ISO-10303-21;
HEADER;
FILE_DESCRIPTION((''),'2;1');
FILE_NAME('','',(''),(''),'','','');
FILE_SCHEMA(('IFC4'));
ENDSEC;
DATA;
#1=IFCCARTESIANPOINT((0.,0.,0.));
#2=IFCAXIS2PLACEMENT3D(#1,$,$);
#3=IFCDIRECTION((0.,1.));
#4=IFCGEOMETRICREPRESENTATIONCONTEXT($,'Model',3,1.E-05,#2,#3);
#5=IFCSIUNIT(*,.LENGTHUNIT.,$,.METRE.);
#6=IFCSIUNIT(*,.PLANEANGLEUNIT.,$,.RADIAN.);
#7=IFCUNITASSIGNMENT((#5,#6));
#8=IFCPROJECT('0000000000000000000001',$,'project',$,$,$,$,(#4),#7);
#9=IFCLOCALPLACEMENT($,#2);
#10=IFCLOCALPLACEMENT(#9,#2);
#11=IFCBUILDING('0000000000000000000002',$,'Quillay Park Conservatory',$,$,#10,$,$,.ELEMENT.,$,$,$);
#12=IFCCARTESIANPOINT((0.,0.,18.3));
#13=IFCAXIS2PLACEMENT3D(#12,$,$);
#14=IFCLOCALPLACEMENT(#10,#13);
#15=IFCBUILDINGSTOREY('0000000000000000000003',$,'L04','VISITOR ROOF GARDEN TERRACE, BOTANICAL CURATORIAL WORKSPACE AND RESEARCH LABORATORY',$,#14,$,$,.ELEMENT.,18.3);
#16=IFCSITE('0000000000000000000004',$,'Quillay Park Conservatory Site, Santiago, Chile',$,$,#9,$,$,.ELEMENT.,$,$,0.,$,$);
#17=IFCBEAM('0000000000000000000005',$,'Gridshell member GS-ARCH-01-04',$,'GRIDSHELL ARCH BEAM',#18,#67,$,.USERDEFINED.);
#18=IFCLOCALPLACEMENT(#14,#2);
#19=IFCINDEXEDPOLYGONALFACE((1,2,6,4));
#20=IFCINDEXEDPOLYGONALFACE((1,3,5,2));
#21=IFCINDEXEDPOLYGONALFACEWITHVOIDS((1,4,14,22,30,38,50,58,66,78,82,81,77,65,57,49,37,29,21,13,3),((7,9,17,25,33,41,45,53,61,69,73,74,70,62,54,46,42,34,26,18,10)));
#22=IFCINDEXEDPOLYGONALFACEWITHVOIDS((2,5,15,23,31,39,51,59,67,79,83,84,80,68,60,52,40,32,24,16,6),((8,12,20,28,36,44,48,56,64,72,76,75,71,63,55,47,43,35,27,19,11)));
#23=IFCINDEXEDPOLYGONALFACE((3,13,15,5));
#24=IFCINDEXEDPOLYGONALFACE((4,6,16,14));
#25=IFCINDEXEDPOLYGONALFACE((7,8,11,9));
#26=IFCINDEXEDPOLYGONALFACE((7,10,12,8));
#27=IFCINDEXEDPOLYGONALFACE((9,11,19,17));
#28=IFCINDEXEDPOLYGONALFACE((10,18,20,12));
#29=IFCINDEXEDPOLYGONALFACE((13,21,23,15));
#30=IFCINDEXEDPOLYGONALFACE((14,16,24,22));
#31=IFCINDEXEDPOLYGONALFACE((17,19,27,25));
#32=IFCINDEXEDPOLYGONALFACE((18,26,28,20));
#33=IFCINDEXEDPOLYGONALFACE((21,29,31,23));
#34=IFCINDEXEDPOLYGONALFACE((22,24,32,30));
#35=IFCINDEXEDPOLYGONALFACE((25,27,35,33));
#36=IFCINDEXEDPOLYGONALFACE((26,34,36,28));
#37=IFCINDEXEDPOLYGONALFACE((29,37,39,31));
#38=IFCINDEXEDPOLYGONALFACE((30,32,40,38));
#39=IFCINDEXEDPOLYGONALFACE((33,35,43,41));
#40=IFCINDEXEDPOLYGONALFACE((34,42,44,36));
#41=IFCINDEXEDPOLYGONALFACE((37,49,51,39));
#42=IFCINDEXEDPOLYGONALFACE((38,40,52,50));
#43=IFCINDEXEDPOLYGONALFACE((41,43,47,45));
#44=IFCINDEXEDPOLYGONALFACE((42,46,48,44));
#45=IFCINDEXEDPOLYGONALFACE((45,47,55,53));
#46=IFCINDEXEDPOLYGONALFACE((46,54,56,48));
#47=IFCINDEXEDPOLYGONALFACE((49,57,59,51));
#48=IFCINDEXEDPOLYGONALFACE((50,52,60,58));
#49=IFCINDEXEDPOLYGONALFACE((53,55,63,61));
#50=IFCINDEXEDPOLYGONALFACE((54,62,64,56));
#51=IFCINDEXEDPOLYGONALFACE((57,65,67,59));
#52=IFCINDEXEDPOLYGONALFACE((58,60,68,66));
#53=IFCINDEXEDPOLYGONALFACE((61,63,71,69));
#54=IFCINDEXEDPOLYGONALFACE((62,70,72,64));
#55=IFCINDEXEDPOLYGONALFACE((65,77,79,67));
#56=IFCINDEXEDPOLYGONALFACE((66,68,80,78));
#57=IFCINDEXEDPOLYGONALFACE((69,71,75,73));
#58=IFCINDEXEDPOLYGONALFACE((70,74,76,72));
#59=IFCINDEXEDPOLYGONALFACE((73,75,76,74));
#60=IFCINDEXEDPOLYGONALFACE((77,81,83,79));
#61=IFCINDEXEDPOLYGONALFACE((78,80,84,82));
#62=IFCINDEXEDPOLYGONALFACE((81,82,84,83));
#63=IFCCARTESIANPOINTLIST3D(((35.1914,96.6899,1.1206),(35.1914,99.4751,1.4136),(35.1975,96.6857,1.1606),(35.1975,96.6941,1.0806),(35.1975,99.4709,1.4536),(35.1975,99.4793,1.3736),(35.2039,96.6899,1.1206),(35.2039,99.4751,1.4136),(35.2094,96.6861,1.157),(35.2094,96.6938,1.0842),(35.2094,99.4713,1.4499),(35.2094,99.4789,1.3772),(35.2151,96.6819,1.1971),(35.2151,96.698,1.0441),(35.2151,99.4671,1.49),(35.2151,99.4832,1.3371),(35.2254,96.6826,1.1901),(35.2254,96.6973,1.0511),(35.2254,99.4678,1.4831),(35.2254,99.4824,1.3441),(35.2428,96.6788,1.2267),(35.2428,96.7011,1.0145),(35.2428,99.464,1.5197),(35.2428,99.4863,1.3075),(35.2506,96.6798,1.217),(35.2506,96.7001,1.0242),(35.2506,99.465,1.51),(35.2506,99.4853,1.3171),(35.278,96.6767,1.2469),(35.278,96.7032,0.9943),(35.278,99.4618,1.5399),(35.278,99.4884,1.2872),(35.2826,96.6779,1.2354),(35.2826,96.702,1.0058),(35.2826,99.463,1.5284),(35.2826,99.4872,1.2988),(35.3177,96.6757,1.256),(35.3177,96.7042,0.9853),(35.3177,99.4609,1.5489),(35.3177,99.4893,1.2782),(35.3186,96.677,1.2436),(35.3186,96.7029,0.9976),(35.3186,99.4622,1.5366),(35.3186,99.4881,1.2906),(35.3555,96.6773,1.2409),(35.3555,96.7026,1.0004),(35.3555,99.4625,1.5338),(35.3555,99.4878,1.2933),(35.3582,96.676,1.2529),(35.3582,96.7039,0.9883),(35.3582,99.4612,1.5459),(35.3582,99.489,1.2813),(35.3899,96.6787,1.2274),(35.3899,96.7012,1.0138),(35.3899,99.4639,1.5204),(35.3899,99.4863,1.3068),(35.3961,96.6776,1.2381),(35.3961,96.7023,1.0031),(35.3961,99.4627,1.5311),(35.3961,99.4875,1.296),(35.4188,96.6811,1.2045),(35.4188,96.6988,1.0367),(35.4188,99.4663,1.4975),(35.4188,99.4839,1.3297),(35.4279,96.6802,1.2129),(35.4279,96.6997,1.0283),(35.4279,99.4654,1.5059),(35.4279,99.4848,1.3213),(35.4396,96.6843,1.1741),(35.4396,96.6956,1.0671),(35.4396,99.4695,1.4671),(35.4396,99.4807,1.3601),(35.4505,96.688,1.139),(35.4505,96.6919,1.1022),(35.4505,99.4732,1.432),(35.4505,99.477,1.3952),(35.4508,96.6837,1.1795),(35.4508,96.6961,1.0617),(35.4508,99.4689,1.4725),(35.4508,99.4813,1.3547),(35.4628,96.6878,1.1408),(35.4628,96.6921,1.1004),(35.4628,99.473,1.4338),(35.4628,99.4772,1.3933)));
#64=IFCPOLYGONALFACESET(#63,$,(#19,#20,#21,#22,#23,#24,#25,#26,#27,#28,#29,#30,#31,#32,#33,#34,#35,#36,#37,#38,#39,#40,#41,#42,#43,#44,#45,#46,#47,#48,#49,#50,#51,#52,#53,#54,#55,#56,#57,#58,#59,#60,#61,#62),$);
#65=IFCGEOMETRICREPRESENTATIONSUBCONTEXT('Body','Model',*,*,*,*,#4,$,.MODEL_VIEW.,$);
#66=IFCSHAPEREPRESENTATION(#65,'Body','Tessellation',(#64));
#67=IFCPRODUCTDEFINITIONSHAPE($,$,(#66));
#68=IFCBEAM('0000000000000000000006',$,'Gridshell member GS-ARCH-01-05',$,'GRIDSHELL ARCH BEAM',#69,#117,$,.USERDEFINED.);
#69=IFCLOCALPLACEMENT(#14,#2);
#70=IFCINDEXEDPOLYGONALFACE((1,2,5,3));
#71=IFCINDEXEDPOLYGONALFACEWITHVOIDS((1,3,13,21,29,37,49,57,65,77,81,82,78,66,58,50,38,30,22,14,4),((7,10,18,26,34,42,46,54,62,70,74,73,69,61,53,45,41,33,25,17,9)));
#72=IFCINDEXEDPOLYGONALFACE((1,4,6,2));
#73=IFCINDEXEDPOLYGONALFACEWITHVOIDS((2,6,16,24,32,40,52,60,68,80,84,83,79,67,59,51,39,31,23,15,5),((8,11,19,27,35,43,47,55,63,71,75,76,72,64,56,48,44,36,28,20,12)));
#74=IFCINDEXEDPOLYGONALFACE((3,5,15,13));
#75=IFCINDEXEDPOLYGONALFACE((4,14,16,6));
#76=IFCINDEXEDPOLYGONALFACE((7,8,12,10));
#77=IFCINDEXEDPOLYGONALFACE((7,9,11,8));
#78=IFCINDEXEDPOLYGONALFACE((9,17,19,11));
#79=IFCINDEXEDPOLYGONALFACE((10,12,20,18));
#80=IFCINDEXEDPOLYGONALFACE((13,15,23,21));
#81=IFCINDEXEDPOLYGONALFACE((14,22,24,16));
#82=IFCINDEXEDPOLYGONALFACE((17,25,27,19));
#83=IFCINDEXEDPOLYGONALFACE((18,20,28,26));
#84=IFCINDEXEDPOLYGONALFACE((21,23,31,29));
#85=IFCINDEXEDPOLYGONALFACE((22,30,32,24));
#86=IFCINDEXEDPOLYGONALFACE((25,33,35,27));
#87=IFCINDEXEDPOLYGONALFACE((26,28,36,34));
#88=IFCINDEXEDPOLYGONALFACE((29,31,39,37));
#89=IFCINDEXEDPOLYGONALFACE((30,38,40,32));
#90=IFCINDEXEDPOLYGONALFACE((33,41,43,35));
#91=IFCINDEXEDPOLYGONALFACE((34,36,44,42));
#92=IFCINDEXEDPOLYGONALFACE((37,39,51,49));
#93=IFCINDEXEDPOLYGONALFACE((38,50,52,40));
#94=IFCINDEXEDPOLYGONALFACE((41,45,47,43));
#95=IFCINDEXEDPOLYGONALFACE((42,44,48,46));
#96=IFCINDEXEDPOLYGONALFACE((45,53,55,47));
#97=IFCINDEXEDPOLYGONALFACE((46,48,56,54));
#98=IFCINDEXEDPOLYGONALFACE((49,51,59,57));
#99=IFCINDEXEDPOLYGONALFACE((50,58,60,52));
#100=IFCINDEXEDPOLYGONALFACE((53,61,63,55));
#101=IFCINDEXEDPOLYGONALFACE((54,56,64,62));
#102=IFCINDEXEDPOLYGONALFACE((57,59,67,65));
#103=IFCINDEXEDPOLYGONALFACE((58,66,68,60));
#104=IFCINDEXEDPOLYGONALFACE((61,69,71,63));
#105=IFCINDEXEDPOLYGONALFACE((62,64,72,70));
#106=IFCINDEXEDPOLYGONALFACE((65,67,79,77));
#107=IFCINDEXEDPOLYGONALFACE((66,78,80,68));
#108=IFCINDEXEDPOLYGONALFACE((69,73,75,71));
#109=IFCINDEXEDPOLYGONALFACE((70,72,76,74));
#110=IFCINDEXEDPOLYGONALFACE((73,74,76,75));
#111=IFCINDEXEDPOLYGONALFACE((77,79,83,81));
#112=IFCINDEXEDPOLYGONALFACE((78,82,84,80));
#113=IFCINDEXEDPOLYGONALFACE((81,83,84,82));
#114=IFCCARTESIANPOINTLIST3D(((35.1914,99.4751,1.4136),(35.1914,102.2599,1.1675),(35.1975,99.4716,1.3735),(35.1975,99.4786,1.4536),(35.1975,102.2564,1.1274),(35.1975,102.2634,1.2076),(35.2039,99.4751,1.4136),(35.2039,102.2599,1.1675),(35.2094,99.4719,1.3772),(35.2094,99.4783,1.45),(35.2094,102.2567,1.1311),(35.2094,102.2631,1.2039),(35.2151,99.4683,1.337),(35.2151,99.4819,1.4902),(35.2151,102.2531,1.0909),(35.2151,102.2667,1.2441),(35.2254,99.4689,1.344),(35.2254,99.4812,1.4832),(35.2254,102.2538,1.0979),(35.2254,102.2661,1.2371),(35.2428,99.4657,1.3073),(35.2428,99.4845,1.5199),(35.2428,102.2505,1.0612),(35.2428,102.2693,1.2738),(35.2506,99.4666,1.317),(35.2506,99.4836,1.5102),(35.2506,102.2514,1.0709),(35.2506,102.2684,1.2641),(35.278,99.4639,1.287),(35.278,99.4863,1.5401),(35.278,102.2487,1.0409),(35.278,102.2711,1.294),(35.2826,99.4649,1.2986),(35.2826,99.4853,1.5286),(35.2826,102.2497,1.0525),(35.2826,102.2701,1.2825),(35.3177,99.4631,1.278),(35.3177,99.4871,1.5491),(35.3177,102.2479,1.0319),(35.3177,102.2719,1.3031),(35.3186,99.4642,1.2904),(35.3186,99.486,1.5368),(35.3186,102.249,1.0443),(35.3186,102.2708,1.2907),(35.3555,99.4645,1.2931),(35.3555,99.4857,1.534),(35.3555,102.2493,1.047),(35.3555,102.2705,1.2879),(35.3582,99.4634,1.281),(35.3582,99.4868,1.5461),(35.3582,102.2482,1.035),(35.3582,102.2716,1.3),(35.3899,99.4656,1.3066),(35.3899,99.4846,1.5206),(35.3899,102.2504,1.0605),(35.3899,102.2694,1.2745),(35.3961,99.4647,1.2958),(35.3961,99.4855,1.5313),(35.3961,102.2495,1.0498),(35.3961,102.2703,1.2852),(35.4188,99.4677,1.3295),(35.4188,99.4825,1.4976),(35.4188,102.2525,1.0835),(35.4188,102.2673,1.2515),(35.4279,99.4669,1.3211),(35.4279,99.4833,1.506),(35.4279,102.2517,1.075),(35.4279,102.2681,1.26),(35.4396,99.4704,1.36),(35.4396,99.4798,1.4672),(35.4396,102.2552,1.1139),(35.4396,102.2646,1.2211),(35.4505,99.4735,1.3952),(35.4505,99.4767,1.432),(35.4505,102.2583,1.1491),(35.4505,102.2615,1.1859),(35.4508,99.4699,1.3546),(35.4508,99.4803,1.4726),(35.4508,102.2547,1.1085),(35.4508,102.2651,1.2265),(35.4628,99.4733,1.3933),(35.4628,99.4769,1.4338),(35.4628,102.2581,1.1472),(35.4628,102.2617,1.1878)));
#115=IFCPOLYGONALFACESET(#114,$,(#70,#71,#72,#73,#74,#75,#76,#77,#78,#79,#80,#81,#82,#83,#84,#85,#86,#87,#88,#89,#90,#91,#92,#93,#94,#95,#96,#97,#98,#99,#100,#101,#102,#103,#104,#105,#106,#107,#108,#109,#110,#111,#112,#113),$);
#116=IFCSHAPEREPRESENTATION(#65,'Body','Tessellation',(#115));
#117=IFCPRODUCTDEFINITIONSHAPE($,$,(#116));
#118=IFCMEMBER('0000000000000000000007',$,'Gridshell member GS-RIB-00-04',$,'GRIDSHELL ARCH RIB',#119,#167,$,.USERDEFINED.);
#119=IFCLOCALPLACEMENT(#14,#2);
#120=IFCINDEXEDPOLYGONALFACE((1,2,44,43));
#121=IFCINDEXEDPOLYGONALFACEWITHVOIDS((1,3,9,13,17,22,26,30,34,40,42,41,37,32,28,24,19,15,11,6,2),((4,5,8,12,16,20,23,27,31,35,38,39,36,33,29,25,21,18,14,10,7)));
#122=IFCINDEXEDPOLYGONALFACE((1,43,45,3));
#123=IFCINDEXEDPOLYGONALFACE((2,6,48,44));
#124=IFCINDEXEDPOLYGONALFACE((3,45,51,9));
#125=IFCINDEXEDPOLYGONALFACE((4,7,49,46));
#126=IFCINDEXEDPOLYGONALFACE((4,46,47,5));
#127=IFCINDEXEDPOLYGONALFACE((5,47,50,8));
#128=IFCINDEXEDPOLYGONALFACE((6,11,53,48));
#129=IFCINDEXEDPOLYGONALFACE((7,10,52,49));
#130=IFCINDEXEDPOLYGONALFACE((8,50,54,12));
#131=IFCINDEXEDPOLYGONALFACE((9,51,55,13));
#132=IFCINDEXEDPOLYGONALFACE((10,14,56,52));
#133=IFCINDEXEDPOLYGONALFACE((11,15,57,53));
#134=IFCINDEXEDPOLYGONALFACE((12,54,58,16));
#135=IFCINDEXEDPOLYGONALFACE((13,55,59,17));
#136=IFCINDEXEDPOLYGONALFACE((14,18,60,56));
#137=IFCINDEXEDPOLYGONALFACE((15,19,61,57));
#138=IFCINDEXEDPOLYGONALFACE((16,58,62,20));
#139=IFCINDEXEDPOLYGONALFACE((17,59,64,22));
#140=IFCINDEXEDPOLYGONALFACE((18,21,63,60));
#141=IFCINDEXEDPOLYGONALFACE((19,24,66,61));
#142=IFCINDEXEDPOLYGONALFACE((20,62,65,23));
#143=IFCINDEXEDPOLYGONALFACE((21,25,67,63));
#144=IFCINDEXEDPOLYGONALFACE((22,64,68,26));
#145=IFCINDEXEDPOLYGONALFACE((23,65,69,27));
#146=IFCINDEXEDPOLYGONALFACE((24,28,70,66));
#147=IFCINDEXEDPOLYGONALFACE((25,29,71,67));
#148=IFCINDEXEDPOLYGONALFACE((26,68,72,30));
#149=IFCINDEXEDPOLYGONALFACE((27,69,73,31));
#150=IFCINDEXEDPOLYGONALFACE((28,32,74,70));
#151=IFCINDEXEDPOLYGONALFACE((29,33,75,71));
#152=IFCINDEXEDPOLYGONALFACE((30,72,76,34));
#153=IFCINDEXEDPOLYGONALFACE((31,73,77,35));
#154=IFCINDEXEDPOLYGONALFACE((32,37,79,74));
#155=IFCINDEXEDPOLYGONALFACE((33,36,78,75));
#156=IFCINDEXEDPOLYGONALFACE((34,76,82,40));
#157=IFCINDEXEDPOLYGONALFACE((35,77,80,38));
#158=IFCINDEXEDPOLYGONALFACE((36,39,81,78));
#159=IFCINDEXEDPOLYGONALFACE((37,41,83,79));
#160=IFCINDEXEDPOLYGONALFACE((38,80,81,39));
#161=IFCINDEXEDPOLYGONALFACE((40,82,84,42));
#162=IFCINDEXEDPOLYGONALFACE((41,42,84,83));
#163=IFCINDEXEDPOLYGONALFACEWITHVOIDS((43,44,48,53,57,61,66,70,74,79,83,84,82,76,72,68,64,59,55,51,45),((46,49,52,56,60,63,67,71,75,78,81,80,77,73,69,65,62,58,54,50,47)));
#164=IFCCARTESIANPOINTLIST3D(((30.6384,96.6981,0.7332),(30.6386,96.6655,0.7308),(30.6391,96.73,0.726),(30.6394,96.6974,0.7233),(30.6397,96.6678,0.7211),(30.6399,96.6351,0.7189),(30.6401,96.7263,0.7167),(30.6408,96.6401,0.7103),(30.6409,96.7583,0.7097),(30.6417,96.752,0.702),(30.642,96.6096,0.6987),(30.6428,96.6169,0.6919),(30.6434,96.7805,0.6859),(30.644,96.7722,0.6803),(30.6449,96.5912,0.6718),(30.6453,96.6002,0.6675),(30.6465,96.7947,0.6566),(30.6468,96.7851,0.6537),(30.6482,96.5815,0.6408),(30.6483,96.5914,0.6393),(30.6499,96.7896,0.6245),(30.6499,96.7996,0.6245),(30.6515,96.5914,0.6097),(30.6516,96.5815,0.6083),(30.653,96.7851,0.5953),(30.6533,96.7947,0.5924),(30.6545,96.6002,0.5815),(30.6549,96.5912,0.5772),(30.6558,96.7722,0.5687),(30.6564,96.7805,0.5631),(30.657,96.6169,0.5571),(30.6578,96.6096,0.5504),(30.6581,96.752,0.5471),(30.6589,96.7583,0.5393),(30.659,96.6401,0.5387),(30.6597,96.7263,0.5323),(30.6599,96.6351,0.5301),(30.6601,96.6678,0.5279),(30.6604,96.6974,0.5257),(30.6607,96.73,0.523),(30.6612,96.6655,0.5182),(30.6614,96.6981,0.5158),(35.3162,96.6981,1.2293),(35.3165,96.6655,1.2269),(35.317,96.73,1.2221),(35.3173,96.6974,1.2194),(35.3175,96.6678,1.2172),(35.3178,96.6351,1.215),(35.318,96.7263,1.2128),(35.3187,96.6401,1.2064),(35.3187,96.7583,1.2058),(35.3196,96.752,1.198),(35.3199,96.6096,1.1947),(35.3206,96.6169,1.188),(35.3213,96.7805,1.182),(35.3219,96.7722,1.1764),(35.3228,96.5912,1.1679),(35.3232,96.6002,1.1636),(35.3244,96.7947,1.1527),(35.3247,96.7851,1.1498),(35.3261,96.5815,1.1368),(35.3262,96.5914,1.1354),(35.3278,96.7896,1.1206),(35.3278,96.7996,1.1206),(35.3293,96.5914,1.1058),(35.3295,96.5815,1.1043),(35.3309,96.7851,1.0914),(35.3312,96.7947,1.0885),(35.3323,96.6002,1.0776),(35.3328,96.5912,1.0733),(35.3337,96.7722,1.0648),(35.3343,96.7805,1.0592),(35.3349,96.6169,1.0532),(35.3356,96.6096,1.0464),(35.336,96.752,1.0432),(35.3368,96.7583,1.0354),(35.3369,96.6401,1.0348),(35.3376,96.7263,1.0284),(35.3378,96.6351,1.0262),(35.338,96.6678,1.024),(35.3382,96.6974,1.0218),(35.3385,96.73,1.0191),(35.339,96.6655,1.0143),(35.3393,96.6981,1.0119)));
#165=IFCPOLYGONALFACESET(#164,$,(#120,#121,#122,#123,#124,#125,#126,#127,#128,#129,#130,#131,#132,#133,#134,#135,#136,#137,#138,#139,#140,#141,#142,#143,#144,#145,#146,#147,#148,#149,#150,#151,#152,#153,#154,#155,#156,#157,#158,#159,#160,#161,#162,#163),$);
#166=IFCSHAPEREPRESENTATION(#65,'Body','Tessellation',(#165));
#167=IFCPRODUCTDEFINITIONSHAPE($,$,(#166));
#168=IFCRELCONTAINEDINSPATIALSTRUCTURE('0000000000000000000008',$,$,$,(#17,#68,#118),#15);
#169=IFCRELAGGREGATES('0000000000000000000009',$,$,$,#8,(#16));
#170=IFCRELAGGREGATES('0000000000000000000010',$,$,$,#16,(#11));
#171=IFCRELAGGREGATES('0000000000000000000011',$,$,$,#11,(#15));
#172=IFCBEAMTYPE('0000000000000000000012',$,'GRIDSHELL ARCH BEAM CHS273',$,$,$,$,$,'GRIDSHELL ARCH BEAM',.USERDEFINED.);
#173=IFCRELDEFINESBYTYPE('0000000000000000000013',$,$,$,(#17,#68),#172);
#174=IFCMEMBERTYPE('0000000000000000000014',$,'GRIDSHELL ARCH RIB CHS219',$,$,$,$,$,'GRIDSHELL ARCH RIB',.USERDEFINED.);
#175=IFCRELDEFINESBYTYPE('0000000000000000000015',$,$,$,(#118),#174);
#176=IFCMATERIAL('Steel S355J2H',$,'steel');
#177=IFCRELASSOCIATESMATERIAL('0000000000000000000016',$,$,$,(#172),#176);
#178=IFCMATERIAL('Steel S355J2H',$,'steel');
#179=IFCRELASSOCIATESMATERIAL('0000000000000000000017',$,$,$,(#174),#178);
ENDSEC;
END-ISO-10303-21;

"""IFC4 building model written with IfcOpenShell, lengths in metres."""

from ifc_helpers import new_model, si_unit, direction, frame, origin, origin_2d, place, context, subcontext, project, spatial, hollow_circle, extrude, material, material_profile, profile_set, type_object, element, save


model = new_model("IFC4")

# Units and contexts
model_context = context("Model", 3, precision=1e-05, world=origin(), true_north=direction((0.0, 1.0)))
body_context = subcontext(model_context, "Body", "Model", "MODEL_VIEW")
ifc_project = project(units=[si_unit("LENGTHUNIT", "METRE"), si_unit("PLANEANGLEUNIT", "RADIAN")], contexts=[model_context])

# Site, building, storey
site_placement = place(None, origin())
site = spatial("IfcSite", under=ifc_project, at=site_placement, Name="Quillay Park Conservatory Site, Santiago, Chile", CompositionType="ELEMENT", RefElevation=0.0)
building_placement = place(site_placement, origin())
building = spatial("IfcBuilding", under=site, at=building_placement, Name="Quillay Park Conservatory", CompositionType="ELEMENT")
storey_placement = place(building_placement, frame((0.0, 0.0, 18.3)))
storey = spatial("IfcBuildingStorey", under=building, at=storey_placement, Name="L04", Description="VISITOR ROOF GARDEN TERRACE, BOTANICAL CURATORIAL WORKSPACE AND RESEARCH LABORATORY", CompositionType="ELEMENT", Elevation=18.3)

# Beams
ifc_material_1 = material(Name="Steel S355J2H", Category="steel")
ifc_material_profile_1 = material_profile(ifc_material_1, hollow_circle(Radius=0.1365, WallThickness=0.0125, at=origin_2d()), Name="CHS273x12.5")
ifc_profile_set_1 = profile_set([ifc_material_profile_1], Name="Steel S355J2H")
beam_type_1 = type_object("IfcBeamType", Name="GRIDSHELL ARCH BEAM CHS273", ElementType="GRIDSHELL ARCH BEAM", PredefinedType="USERDEFINED", material=ifc_profile_set_1)
beam_1_placement = place(storey_placement, frame((35.3279, 96.6899, 1.1206), z_axis=(0.0, 0.994513, 0.104612), x_axis=(-1.0, 0.0, 0.0)))
element("IfcBeam", 1, at=beam_1_placement, inside=storey, type_object=beam_type_1, Name="Gridshell member GS-ARCH-01-04", ObjectType="GRIDSHELL ARCH BEAM", PredefinedType="USERDEFINED", context=body_context, shape_type="SweptSolid", body=[
    extrude(hollow_circle(Radius=0.1365, WallThickness=0.0125, at=origin_2d()), origin(), (0.0, 0.0, 1.0), 2.8005),
])
beam_2_placement = place(storey_placement, frame((35.3279, 99.4751, 1.4136), z_axis=(0.0, 0.996118, -0.088024), x_axis=(-1.0, 0.0, 0.0)))
element("IfcBeam", 2, at=beam_2_placement, inside=storey, type_object=beam_type_1, Name="Gridshell member GS-ARCH-01-05", ObjectType="GRIDSHELL ARCH BEAM", PredefinedType="USERDEFINED", context=body_context, shape_type="SweptSolid", body=[
    extrude(hollow_circle(Radius=0.1365, WallThickness=0.0125, at=origin_2d()), origin(), (0.0, 0.0, 1.0), 2.7957),
])

# Member
ifc_material_2 = material(Name="Steel S355J2H", Category="steel")
ifc_material_profile_2 = material_profile(ifc_material_2, hollow_circle(Radius=0.1096, WallThickness=0.01, at=origin_2d()), Name="CHS219.1x10")
ifc_profile_set_2 = profile_set([ifc_material_profile_2], Name="Steel S355J2H")
member_type_1 = type_object("IfcMemberType", Name="GRIDSHELL ARCH RIB CHS219", ElementType="GRIDSHELL ARCH RIB", PredefinedType="USERDEFINED", material=ifc_profile_set_2)
member_1_placement = place(storey_placement, frame((30.6499, 96.6899, 0.6245), z_axis=(0.994424, 0.0, 0.105457), x_axis=(0.0, 1.0, 0.0)))
element("IfcMember", 3, at=member_1_placement, inside=storey, type_object=member_type_1, Name="Gridshell member GS-RIB-00-04", ObjectType="GRIDSHELL ARCH RIB", PredefinedType="USERDEFINED", context=body_context, shape_type="SweptSolid", body=[
    extrude(hollow_circle(Radius=0.1096, WallThickness=0.01, at=origin_2d()), origin(), (0.0, 0.0, 1.0), 4.7041),
])

save(model, "model.ifc")
